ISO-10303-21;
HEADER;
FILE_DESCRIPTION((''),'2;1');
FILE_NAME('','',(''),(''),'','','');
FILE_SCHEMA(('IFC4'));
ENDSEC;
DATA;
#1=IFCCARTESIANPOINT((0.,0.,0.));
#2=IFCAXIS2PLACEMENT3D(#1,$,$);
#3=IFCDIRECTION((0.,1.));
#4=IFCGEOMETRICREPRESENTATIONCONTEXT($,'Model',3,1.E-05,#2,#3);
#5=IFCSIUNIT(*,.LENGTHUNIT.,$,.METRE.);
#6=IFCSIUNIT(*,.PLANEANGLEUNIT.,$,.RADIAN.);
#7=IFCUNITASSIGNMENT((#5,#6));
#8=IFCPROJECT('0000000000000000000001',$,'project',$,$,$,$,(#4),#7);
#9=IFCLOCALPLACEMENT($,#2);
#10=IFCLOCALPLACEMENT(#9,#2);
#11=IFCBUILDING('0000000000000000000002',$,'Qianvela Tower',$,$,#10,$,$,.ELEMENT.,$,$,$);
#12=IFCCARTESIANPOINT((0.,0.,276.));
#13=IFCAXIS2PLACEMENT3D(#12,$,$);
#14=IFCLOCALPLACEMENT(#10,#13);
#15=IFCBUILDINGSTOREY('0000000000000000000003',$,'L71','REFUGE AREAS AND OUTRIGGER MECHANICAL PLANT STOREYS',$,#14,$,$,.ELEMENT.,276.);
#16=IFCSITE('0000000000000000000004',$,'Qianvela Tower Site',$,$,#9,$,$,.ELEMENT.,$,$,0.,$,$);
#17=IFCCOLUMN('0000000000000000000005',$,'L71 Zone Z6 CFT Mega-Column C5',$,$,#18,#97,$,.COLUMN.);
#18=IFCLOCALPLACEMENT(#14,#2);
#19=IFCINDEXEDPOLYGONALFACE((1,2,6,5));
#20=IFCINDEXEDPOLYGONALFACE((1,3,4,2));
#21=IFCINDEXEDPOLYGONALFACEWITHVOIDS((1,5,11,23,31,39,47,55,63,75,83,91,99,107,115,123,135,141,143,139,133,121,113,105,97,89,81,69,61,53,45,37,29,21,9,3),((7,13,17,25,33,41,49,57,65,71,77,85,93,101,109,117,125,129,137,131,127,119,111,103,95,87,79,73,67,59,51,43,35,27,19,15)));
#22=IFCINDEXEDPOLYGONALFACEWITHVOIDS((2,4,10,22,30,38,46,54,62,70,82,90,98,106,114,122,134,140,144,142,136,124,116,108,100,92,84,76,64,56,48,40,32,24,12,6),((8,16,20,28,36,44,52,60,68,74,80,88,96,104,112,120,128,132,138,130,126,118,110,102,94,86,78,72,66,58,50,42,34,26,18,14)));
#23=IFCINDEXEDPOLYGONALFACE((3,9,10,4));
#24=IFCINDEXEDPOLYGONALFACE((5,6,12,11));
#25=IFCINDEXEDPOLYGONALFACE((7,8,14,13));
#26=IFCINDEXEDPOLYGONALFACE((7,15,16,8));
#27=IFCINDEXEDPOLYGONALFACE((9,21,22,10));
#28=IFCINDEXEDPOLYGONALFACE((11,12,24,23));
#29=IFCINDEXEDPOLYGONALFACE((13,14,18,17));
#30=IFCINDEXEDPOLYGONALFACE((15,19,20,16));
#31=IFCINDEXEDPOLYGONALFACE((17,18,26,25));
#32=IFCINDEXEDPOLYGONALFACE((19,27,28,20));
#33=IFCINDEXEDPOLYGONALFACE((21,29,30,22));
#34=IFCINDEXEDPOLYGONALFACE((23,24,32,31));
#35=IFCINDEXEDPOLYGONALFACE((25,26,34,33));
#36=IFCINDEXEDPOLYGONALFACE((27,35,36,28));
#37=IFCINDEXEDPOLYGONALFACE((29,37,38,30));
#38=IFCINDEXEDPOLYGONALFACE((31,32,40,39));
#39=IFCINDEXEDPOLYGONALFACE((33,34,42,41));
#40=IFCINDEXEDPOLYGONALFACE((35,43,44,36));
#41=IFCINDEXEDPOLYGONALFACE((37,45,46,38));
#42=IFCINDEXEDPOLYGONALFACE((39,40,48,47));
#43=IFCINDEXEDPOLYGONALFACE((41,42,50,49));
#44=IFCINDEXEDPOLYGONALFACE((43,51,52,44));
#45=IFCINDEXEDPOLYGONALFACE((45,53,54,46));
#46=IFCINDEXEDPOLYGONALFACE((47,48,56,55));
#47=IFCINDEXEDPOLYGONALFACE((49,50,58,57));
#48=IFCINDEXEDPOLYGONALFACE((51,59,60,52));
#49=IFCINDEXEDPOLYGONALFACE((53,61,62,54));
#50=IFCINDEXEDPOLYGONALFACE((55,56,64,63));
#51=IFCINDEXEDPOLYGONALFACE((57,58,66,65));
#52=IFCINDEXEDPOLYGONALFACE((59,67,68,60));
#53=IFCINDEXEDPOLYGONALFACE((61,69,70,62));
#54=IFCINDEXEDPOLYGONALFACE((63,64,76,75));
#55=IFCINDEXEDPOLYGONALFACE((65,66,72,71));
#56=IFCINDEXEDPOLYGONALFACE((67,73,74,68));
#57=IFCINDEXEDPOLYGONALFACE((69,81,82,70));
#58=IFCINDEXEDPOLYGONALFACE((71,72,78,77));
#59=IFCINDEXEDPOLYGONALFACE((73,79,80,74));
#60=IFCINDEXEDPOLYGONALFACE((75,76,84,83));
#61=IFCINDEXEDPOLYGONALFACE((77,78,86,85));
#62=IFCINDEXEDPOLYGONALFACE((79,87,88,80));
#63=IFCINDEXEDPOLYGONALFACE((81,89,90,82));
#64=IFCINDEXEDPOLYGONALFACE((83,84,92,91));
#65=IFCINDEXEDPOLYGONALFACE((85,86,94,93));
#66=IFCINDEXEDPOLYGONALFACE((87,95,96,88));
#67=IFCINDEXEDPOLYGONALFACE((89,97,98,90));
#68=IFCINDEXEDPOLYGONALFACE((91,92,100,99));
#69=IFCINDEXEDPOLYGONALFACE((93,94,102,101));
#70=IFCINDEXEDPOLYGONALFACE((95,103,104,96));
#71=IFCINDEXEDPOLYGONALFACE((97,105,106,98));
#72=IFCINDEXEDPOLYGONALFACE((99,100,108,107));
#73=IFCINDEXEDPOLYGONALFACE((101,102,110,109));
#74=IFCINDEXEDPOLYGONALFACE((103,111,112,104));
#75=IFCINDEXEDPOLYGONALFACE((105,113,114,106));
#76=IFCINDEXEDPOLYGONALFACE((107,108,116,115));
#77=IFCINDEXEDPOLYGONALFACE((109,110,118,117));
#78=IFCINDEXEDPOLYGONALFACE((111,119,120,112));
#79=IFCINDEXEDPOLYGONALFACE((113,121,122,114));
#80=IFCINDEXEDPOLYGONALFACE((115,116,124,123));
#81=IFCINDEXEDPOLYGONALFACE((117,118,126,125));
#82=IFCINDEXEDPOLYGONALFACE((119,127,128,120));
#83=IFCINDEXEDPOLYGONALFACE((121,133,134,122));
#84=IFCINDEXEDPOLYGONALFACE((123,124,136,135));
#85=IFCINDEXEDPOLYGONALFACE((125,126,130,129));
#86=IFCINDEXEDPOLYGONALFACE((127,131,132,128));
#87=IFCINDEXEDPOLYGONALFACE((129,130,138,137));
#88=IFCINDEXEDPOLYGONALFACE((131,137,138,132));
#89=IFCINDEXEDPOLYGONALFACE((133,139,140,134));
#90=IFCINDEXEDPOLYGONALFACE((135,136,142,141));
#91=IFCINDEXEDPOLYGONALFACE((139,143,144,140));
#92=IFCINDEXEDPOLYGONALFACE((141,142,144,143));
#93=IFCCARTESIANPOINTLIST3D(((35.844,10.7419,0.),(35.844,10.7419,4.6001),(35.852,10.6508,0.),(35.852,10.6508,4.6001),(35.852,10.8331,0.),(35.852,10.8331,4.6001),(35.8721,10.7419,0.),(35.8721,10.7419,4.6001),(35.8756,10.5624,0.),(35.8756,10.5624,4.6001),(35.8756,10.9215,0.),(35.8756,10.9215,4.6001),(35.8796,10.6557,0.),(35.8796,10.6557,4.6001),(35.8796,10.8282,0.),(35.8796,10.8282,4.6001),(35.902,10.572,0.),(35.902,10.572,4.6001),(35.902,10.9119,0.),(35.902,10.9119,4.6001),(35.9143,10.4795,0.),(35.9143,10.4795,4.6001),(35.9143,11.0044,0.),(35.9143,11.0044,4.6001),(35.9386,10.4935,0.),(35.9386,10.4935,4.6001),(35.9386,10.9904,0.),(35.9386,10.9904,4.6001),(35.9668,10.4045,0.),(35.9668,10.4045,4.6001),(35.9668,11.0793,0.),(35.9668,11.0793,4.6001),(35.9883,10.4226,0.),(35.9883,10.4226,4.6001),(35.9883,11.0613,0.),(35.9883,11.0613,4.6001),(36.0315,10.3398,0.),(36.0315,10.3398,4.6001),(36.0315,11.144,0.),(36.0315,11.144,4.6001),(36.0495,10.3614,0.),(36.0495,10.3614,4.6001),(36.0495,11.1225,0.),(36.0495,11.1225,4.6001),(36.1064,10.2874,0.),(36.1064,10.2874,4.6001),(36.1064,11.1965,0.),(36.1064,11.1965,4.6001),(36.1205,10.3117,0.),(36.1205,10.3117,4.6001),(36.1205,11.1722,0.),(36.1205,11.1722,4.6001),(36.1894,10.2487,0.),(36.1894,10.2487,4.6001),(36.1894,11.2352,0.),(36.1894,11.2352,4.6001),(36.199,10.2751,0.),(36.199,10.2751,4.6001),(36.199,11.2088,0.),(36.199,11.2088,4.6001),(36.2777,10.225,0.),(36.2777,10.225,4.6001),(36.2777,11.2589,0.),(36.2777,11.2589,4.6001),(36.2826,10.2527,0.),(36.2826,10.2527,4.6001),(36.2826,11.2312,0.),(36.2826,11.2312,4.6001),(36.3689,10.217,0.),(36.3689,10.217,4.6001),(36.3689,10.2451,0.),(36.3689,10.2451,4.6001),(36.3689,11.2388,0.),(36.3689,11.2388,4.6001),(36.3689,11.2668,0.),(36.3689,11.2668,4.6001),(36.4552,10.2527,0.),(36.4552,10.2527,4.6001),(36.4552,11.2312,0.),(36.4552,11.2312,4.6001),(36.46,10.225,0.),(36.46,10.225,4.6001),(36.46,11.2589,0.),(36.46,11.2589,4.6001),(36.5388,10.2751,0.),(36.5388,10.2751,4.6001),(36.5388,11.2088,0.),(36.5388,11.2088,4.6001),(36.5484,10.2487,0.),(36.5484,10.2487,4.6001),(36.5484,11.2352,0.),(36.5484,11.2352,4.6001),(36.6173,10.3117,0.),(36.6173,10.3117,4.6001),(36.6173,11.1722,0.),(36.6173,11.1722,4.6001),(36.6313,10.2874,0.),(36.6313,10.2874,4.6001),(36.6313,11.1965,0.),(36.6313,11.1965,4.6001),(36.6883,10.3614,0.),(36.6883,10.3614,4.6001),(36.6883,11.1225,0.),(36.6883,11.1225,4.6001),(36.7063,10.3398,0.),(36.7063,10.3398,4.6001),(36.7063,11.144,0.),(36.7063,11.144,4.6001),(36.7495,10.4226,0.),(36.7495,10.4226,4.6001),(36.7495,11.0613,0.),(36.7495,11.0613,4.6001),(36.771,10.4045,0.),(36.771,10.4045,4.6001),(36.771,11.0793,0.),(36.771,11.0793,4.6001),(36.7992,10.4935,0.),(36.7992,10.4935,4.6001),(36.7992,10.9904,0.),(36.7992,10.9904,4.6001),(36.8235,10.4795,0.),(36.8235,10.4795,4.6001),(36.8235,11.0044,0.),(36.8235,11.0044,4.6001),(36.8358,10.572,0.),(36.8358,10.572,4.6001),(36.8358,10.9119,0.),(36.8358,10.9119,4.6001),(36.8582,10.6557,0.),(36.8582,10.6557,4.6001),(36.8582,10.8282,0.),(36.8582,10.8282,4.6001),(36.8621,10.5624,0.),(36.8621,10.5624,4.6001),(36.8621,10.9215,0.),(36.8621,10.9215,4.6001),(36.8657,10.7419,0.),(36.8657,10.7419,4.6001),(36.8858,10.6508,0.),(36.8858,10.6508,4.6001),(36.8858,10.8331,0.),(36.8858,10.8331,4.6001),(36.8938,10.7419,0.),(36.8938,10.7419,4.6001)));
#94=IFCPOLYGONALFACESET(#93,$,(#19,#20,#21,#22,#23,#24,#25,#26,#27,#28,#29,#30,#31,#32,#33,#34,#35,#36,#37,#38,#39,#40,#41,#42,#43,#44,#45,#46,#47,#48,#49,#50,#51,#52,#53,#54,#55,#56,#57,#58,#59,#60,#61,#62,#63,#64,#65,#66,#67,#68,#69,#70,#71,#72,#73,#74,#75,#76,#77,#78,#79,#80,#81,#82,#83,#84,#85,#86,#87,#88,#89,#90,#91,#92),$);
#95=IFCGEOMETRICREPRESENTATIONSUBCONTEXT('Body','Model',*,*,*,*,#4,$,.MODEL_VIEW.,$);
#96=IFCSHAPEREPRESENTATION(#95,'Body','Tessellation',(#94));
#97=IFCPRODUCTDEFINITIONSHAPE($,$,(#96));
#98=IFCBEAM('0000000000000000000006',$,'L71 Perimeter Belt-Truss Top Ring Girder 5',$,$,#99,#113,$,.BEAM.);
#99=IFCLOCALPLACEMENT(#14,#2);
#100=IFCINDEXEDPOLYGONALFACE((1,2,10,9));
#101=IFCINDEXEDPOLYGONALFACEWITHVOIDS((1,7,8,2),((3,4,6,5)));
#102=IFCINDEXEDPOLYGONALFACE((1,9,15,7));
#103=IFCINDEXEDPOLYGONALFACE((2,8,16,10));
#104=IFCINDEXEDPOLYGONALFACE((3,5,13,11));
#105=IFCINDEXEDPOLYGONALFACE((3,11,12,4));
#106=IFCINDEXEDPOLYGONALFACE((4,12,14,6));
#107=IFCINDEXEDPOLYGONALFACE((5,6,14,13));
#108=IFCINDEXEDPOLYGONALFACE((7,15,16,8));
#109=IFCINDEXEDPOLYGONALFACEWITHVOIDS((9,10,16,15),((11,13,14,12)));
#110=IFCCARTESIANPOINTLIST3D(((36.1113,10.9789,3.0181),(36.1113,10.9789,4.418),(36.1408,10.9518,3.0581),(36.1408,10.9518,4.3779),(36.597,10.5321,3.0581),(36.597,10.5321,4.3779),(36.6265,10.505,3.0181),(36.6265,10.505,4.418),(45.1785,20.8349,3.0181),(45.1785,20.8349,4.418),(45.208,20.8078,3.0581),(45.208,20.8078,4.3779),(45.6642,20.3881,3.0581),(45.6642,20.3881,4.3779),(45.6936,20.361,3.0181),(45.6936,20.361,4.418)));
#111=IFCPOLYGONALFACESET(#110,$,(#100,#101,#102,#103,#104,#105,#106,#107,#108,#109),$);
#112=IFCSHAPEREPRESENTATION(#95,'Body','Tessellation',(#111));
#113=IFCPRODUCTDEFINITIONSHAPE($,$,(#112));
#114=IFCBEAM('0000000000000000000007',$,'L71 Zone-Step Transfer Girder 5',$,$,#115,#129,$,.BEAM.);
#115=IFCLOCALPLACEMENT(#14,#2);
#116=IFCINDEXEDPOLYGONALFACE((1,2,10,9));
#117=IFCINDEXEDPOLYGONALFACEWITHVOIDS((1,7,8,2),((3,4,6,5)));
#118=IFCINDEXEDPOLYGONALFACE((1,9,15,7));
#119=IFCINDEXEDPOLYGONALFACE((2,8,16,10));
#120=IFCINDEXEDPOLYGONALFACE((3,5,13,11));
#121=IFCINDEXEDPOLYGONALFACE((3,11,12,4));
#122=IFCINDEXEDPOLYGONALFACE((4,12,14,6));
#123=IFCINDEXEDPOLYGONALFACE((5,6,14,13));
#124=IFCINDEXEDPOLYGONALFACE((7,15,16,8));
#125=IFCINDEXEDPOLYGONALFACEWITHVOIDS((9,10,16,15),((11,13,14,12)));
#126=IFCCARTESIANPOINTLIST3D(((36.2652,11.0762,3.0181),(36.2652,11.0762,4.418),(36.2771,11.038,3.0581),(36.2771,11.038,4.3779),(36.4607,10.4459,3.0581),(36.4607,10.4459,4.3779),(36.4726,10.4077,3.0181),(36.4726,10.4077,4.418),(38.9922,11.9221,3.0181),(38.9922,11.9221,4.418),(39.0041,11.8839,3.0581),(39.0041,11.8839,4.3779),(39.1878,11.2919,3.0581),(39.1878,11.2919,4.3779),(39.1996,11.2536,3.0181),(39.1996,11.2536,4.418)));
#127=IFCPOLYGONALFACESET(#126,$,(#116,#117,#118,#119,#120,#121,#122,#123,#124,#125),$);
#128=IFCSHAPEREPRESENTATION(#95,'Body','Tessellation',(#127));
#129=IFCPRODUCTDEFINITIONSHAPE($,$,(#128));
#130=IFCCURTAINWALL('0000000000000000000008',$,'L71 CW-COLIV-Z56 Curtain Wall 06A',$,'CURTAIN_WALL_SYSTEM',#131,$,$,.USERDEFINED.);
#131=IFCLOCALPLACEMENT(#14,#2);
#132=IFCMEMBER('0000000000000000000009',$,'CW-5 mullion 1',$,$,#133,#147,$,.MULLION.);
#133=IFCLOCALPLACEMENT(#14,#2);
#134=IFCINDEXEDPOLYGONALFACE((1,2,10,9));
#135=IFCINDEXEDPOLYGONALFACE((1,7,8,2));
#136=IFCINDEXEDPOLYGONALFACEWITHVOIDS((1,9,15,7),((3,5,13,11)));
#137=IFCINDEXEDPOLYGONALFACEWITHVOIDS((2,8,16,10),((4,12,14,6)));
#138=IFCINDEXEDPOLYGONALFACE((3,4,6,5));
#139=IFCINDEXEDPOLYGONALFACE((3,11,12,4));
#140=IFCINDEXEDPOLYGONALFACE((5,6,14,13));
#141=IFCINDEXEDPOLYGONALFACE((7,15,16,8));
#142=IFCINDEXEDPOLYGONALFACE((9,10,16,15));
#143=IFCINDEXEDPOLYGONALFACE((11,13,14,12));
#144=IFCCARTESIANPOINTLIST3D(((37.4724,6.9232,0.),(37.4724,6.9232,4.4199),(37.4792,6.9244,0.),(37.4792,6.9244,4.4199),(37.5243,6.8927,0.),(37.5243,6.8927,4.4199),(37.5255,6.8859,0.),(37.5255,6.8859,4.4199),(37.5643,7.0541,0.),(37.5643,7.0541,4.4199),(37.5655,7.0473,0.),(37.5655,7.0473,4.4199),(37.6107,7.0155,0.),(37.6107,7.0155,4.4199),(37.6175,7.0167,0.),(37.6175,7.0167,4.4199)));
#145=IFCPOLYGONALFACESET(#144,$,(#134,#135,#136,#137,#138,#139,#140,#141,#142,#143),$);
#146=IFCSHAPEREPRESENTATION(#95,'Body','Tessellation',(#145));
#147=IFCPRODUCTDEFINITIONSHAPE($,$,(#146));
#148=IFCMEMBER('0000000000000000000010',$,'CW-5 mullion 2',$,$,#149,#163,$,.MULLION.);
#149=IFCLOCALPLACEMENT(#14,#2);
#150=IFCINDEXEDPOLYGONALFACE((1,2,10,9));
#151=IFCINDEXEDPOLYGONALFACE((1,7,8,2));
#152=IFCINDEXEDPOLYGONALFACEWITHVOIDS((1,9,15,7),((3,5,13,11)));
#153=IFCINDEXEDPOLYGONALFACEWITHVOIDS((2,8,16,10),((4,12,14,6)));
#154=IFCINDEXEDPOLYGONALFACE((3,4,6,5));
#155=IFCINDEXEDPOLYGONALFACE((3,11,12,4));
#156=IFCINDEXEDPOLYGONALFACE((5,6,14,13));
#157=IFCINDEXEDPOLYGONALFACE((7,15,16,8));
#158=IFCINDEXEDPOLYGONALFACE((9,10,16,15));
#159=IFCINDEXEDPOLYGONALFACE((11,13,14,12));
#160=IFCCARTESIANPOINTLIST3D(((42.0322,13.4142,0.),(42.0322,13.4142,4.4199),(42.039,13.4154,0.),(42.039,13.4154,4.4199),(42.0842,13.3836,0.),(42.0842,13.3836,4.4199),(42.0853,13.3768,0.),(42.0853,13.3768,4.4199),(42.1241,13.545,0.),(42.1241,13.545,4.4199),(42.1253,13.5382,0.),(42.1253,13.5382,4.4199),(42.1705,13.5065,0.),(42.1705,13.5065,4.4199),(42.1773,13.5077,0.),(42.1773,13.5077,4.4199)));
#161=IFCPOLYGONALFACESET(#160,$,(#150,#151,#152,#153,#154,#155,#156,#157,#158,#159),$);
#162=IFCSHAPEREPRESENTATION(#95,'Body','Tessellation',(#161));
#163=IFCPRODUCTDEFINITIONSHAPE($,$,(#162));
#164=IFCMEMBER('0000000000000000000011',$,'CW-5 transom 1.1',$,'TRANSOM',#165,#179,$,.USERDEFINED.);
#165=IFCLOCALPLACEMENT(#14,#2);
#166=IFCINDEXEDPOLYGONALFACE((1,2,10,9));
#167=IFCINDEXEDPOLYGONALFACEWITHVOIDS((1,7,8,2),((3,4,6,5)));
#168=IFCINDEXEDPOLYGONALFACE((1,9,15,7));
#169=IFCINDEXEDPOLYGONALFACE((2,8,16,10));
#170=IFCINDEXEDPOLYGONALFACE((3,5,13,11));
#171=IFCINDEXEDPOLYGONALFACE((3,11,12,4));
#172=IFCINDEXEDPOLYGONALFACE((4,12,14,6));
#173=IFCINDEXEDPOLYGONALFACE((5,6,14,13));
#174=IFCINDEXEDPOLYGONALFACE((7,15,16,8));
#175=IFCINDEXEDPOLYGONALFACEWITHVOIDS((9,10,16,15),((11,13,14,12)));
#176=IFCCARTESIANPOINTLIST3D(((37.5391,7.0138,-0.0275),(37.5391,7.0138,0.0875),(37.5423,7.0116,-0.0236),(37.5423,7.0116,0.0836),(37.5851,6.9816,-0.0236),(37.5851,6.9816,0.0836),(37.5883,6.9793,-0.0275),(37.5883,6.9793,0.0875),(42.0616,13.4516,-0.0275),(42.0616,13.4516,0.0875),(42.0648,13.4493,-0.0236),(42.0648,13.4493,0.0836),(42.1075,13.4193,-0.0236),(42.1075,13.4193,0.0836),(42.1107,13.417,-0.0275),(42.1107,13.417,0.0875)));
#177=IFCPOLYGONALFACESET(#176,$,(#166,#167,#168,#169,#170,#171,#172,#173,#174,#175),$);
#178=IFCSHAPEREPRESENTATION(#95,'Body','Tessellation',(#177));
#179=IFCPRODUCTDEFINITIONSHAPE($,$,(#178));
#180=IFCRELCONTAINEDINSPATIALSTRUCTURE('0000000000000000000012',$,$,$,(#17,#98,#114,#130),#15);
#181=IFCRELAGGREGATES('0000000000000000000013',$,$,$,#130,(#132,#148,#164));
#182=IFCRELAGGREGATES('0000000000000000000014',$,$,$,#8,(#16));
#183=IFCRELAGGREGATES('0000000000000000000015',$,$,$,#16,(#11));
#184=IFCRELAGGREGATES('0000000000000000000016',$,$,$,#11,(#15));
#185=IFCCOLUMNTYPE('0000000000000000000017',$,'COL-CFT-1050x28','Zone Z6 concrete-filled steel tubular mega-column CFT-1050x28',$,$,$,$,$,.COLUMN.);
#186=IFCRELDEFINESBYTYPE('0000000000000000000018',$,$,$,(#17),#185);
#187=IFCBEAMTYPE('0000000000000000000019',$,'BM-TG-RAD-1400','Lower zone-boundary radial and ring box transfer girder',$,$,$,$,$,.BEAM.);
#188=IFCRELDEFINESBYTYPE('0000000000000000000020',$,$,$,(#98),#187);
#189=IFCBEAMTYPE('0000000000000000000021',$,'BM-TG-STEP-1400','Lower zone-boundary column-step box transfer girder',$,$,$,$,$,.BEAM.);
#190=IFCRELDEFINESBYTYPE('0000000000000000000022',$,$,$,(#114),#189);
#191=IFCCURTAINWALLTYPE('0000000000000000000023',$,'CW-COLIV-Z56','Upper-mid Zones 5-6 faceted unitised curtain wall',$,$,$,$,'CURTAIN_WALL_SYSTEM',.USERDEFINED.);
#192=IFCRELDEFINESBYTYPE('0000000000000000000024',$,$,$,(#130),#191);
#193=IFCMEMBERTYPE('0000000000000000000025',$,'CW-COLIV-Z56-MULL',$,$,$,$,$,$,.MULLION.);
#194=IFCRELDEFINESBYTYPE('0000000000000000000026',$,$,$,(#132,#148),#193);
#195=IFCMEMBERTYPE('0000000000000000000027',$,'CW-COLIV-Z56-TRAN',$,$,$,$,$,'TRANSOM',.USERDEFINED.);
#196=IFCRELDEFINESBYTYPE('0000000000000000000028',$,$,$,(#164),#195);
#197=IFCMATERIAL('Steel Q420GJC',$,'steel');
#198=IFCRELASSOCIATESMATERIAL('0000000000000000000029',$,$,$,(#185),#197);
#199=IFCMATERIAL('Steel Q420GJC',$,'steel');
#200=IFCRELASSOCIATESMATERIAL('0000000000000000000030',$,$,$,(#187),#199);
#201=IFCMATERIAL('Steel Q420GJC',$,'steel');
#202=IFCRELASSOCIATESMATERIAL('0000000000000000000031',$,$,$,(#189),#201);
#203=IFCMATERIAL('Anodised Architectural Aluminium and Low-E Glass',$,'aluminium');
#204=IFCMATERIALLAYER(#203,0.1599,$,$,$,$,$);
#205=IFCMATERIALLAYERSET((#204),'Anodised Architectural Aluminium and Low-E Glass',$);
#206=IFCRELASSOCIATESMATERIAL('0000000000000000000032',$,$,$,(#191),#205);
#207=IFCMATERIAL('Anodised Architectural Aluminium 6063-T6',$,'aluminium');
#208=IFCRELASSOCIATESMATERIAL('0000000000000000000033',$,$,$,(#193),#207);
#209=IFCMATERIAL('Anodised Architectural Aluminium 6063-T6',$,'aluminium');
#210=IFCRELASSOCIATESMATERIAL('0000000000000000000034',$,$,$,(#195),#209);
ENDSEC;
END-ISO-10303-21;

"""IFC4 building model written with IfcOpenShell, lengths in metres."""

from ifc_helpers import new_model, si_unit, direction, frame, origin, origin_2d, place, context, subcontext, project, spatial, hollow_rectangle, hollow_circle, extrude, material, layer, layer_set, material_profile, profile_set, type_object, element, aggregate, save


model = new_model("IFC4")

# Units and contexts
model_context = context("Model", 3, precision=1e-05, world=origin(), true_north=direction((0.0, 1.0)))
body_context = subcontext(model_context, "Body", "Model", "MODEL_VIEW")
ifc_project = project(units=[si_unit("LENGTHUNIT", "METRE"), si_unit("PLANEANGLEUNIT", "RADIAN")], contexts=[model_context])

# Site, building, storey
site_placement = place(None, origin())
site = spatial("IfcSite", under=ifc_project, at=site_placement, Name="Qianvela Tower Site", CompositionType="ELEMENT", RefElevation=0.0)
building_placement = place(site_placement, origin())
building = spatial("IfcBuilding", under=site, at=building_placement, Name="Qianvela Tower", CompositionType="ELEMENT")
storey_placement = place(building_placement, frame((0.0, 0.0, 276.0)))
storey = spatial("IfcBuildingStorey", under=building, at=storey_placement, Name="L71", Description="REFUGE AREAS AND OUTRIGGER MECHANICAL PLANT STOREYS", CompositionType="ELEMENT", Elevation=276.0)

# Column
ifc_material_1 = material(Name="Steel Q420GJC", Category="steel")
ifc_material_profile_1 = material_profile(ifc_material_1, hollow_circle(Radius=0.5249, WallThickness=0.0281, at=origin_2d()), Name="CFT-1050x28")
ifc_profile_set_1 = profile_set([ifc_material_profile_1], Name="Steel Q420GJC")
column_type = type_object("IfcColumnType", Name="COL-CFT-1050x28", Description="Zone Z6 concrete-filled steel tubular mega-column CFT-1050x28", PredefinedType="COLUMN", material=ifc_profile_set_1)
column_placement = place(storey_placement, frame((36.3689, 10.7419, 0.0), z_axis=(0.0, 0.0, 1.0), x_axis=(1.0, 0.0, 0.0)))
element("IfcColumn", 1, at=column_placement, inside=storey, type_object=column_type, Name="L71 Zone Z6 CFT Mega-Column C5", PredefinedType="COLUMN", context=body_context, shape_type="SweptSolid", body=[
    extrude(hollow_circle(Radius=0.5249, WallThickness=0.0281, at=origin_2d()), origin(), (0.0, 0.0, 1.0), 4.6001),
])

# Beams
ifc_material_2 = material(Name="Steel Q420GJC", Category="steel")
ifc_material_profile_2 = material_profile(ifc_material_2, hollow_rectangle(XDim=0.7, YDim=1.3999, WallThickness=0.04, at=origin_2d()), Name="TG-BOX-1400x700x40")
ifc_profile_set_2 = profile_set([ifc_material_profile_2], Name="Steel Q420GJC")
beam_type_1 = type_object("IfcBeamType", Name="BM-TG-RAD-1400", Description="Lower zone-boundary radial and ring box transfer girder", PredefinedType="BEAM", material=ifc_profile_set_2)
beam_1_placement = place(storey_placement, frame((36.3689, 10.7419, 3.718), z_axis=(0.677043, 0.735944, 0.0), x_axis=(-0.735944, 0.677043, 0.0)))
element("IfcBeam", 2, at=beam_1_placement, inside=storey, type_object=beam_type_1, Name="L71 Perimeter Belt-Truss Top Ring Girder 5", PredefinedType="BEAM", context=body_context, shape_type="SweptSolid", body=[
    extrude(hollow_rectangle(XDim=0.7, YDim=1.3999, WallThickness=0.04, at=origin_2d()), origin(), (0.0, 0.0, 1.0), 13.3923),
])
ifc_material_3 = material(Name="Steel Q420GJC", Category="steel")
ifc_material_profile_3 = material_profile(ifc_material_3, hollow_rectangle(XDim=0.7, YDim=1.3999, WallThickness=0.04, at=origin_2d()), Name="TG-BOX-1400x700x40")
ifc_profile_set_3 = profile_set([ifc_material_profile_3], Name="Steel Q420GJC")
beam_type_2 = type_object("IfcBeamType", Name="BM-TG-STEP-1400", Description="Lower zone-boundary column-step box transfer girder", PredefinedType="BEAM", material=ifc_profile_set_3)
beam_2_placement = place(storey_placement, frame((36.3689, 10.7419, 3.718), z_axis=(0.955102, 0.296278, 0.0), x_axis=(-0.296278, 0.955102, 0.0)))
element("IfcBeam", 3, at=beam_2_placement, inside=storey, type_object=beam_type_2, Name="L71 Zone-Step Transfer Girder 5", PredefinedType="BEAM", context=body_context, shape_type="SweptSolid", body=[
    extrude(hollow_rectangle(XDim=0.7, YDim=1.3999, WallThickness=0.04, at=origin_2d()), origin(), (0.0, 0.0, 1.0), 2.8552),
])

# Curtain wall, members
ifc_material_4 = material(Name="Anodised Architectural Aluminium and Low-E Glass", Category="aluminium")
ifc_layer_1 = layer(ifc_material_4, 0.1599)
ifc_layer_set_1 = layer_set([ifc_layer_1], Name="Anodised Architectural Aluminium and Low-E Glass")
curtain_wall_type = type_object("IfcCurtainWallType", Name="CW-COLIV-Z56", Description="Upper-mid Zones 5-6 faceted unitised curtain wall", ElementType="CURTAIN_WALL_SYSTEM", PredefinedType="USERDEFINED", material=ifc_layer_set_1)
curtain_wall_placement = place(storey_placement, origin())
curtain_wall = element("IfcCurtainWall", 4, at=curtain_wall_placement, inside=storey, type_object=curtain_wall_type, Name="L71 CW-COLIV-Z56 Curtain Wall 06A", ObjectType="CURTAIN_WALL_SYSTEM", PredefinedType="USERDEFINED")
ifc_material_5 = material(Name="Anodised Architectural Aluminium 6063-T6", Category="aluminium")
ifc_material_profile_4 = material_profile(ifc_material_5, hollow_rectangle(XDim=0.0649, YDim=0.1599, WallThickness=0.0049, at=origin_2d()), Name="ALU-MULL-65x160")
ifc_profile_set_4 = profile_set([ifc_material_profile_4], Name="Anodised Architectural Aluminium 6063-T6")
member_type_1 = type_object("IfcMemberType", Name="CW-COLIV-Z56-MULL", PredefinedType="MULLION", material=ifc_profile_set_4)
member_1_placement = place(storey_placement, frame((37.5449, 6.97, 0.0), z_axis=(0.0, 0.0, 1.0), x_axis=(-0.818279, 0.574821, 0.0)))
member_1 = element("IfcMember", 5, at=member_1_placement, type_object=member_type_1, Name="CW-5 mullion 1", PredefinedType="MULLION", context=body_context, shape_type="SweptSolid", body=[
    extrude(hollow_rectangle(XDim=0.0649, YDim=0.1599, WallThickness=0.0049, at=origin_2d()), origin(), (0.0, 0.0, 1.0), 4.4199),
])
member_2_placement = place(storey_placement, frame((42.1047, 13.4609, 0.0), z_axis=(0.0, 0.0, 1.0), x_axis=(-0.818279, 0.574821, 0.0)))
member_2 = element("IfcMember", 6, at=member_2_placement, type_object=member_type_1, Name="CW-5 mullion 2", PredefinedType="MULLION", context=body_context, shape_type="SweptSolid", body=[
    extrude(hollow_rectangle(XDim=0.0649, YDim=0.1599, WallThickness=0.0049, at=origin_2d()), origin(), (0.0, 0.0, 1.0), 4.4199),
])
ifc_material_6 = material(Name="Anodised Architectural Aluminium 6063-T6", Category="aluminium")
ifc_material_profile_5 = material_profile(ifc_material_6, hollow_rectangle(XDim=0.0601, YDim=0.115, WallThickness=0.0039, at=origin_2d()), Name="ALU-TRAN-60x115")
ifc_profile_set_5 = profile_set([ifc_material_profile_5], Name="Anodised Architectural Aluminium 6063-T6")
member_type_2 = type_object("IfcMemberType", Name="CW-COLIV-Z56-TRAN", ElementType="TRANSOM", PredefinedType="USERDEFINED", material=ifc_profile_set_5)
member_3_placement = place(storey_placement, frame((37.5637, 6.9966, 0.03), z_axis=(0.57483, 0.818273, 0.0), x_axis=(-0.818273, 0.57483, 0.0)))
member_3 = element("IfcMember", 7, at=member_3_placement, type_object=member_type_2, Name="CW-5 transom 1.1", ObjectType="TRANSOM", PredefinedType="USERDEFINED", context=body_context, shape_type="SweptSolid", body=[
    extrude(hollow_rectangle(XDim=0.0601, YDim=0.115, WallThickness=0.0039, at=origin_2d()), origin(), (0.0, 0.0, 1.0), 7.8674),
])

aggregate(curtain_wall, [member_1, member_2, member_3])

save(model, "model.ifc")
